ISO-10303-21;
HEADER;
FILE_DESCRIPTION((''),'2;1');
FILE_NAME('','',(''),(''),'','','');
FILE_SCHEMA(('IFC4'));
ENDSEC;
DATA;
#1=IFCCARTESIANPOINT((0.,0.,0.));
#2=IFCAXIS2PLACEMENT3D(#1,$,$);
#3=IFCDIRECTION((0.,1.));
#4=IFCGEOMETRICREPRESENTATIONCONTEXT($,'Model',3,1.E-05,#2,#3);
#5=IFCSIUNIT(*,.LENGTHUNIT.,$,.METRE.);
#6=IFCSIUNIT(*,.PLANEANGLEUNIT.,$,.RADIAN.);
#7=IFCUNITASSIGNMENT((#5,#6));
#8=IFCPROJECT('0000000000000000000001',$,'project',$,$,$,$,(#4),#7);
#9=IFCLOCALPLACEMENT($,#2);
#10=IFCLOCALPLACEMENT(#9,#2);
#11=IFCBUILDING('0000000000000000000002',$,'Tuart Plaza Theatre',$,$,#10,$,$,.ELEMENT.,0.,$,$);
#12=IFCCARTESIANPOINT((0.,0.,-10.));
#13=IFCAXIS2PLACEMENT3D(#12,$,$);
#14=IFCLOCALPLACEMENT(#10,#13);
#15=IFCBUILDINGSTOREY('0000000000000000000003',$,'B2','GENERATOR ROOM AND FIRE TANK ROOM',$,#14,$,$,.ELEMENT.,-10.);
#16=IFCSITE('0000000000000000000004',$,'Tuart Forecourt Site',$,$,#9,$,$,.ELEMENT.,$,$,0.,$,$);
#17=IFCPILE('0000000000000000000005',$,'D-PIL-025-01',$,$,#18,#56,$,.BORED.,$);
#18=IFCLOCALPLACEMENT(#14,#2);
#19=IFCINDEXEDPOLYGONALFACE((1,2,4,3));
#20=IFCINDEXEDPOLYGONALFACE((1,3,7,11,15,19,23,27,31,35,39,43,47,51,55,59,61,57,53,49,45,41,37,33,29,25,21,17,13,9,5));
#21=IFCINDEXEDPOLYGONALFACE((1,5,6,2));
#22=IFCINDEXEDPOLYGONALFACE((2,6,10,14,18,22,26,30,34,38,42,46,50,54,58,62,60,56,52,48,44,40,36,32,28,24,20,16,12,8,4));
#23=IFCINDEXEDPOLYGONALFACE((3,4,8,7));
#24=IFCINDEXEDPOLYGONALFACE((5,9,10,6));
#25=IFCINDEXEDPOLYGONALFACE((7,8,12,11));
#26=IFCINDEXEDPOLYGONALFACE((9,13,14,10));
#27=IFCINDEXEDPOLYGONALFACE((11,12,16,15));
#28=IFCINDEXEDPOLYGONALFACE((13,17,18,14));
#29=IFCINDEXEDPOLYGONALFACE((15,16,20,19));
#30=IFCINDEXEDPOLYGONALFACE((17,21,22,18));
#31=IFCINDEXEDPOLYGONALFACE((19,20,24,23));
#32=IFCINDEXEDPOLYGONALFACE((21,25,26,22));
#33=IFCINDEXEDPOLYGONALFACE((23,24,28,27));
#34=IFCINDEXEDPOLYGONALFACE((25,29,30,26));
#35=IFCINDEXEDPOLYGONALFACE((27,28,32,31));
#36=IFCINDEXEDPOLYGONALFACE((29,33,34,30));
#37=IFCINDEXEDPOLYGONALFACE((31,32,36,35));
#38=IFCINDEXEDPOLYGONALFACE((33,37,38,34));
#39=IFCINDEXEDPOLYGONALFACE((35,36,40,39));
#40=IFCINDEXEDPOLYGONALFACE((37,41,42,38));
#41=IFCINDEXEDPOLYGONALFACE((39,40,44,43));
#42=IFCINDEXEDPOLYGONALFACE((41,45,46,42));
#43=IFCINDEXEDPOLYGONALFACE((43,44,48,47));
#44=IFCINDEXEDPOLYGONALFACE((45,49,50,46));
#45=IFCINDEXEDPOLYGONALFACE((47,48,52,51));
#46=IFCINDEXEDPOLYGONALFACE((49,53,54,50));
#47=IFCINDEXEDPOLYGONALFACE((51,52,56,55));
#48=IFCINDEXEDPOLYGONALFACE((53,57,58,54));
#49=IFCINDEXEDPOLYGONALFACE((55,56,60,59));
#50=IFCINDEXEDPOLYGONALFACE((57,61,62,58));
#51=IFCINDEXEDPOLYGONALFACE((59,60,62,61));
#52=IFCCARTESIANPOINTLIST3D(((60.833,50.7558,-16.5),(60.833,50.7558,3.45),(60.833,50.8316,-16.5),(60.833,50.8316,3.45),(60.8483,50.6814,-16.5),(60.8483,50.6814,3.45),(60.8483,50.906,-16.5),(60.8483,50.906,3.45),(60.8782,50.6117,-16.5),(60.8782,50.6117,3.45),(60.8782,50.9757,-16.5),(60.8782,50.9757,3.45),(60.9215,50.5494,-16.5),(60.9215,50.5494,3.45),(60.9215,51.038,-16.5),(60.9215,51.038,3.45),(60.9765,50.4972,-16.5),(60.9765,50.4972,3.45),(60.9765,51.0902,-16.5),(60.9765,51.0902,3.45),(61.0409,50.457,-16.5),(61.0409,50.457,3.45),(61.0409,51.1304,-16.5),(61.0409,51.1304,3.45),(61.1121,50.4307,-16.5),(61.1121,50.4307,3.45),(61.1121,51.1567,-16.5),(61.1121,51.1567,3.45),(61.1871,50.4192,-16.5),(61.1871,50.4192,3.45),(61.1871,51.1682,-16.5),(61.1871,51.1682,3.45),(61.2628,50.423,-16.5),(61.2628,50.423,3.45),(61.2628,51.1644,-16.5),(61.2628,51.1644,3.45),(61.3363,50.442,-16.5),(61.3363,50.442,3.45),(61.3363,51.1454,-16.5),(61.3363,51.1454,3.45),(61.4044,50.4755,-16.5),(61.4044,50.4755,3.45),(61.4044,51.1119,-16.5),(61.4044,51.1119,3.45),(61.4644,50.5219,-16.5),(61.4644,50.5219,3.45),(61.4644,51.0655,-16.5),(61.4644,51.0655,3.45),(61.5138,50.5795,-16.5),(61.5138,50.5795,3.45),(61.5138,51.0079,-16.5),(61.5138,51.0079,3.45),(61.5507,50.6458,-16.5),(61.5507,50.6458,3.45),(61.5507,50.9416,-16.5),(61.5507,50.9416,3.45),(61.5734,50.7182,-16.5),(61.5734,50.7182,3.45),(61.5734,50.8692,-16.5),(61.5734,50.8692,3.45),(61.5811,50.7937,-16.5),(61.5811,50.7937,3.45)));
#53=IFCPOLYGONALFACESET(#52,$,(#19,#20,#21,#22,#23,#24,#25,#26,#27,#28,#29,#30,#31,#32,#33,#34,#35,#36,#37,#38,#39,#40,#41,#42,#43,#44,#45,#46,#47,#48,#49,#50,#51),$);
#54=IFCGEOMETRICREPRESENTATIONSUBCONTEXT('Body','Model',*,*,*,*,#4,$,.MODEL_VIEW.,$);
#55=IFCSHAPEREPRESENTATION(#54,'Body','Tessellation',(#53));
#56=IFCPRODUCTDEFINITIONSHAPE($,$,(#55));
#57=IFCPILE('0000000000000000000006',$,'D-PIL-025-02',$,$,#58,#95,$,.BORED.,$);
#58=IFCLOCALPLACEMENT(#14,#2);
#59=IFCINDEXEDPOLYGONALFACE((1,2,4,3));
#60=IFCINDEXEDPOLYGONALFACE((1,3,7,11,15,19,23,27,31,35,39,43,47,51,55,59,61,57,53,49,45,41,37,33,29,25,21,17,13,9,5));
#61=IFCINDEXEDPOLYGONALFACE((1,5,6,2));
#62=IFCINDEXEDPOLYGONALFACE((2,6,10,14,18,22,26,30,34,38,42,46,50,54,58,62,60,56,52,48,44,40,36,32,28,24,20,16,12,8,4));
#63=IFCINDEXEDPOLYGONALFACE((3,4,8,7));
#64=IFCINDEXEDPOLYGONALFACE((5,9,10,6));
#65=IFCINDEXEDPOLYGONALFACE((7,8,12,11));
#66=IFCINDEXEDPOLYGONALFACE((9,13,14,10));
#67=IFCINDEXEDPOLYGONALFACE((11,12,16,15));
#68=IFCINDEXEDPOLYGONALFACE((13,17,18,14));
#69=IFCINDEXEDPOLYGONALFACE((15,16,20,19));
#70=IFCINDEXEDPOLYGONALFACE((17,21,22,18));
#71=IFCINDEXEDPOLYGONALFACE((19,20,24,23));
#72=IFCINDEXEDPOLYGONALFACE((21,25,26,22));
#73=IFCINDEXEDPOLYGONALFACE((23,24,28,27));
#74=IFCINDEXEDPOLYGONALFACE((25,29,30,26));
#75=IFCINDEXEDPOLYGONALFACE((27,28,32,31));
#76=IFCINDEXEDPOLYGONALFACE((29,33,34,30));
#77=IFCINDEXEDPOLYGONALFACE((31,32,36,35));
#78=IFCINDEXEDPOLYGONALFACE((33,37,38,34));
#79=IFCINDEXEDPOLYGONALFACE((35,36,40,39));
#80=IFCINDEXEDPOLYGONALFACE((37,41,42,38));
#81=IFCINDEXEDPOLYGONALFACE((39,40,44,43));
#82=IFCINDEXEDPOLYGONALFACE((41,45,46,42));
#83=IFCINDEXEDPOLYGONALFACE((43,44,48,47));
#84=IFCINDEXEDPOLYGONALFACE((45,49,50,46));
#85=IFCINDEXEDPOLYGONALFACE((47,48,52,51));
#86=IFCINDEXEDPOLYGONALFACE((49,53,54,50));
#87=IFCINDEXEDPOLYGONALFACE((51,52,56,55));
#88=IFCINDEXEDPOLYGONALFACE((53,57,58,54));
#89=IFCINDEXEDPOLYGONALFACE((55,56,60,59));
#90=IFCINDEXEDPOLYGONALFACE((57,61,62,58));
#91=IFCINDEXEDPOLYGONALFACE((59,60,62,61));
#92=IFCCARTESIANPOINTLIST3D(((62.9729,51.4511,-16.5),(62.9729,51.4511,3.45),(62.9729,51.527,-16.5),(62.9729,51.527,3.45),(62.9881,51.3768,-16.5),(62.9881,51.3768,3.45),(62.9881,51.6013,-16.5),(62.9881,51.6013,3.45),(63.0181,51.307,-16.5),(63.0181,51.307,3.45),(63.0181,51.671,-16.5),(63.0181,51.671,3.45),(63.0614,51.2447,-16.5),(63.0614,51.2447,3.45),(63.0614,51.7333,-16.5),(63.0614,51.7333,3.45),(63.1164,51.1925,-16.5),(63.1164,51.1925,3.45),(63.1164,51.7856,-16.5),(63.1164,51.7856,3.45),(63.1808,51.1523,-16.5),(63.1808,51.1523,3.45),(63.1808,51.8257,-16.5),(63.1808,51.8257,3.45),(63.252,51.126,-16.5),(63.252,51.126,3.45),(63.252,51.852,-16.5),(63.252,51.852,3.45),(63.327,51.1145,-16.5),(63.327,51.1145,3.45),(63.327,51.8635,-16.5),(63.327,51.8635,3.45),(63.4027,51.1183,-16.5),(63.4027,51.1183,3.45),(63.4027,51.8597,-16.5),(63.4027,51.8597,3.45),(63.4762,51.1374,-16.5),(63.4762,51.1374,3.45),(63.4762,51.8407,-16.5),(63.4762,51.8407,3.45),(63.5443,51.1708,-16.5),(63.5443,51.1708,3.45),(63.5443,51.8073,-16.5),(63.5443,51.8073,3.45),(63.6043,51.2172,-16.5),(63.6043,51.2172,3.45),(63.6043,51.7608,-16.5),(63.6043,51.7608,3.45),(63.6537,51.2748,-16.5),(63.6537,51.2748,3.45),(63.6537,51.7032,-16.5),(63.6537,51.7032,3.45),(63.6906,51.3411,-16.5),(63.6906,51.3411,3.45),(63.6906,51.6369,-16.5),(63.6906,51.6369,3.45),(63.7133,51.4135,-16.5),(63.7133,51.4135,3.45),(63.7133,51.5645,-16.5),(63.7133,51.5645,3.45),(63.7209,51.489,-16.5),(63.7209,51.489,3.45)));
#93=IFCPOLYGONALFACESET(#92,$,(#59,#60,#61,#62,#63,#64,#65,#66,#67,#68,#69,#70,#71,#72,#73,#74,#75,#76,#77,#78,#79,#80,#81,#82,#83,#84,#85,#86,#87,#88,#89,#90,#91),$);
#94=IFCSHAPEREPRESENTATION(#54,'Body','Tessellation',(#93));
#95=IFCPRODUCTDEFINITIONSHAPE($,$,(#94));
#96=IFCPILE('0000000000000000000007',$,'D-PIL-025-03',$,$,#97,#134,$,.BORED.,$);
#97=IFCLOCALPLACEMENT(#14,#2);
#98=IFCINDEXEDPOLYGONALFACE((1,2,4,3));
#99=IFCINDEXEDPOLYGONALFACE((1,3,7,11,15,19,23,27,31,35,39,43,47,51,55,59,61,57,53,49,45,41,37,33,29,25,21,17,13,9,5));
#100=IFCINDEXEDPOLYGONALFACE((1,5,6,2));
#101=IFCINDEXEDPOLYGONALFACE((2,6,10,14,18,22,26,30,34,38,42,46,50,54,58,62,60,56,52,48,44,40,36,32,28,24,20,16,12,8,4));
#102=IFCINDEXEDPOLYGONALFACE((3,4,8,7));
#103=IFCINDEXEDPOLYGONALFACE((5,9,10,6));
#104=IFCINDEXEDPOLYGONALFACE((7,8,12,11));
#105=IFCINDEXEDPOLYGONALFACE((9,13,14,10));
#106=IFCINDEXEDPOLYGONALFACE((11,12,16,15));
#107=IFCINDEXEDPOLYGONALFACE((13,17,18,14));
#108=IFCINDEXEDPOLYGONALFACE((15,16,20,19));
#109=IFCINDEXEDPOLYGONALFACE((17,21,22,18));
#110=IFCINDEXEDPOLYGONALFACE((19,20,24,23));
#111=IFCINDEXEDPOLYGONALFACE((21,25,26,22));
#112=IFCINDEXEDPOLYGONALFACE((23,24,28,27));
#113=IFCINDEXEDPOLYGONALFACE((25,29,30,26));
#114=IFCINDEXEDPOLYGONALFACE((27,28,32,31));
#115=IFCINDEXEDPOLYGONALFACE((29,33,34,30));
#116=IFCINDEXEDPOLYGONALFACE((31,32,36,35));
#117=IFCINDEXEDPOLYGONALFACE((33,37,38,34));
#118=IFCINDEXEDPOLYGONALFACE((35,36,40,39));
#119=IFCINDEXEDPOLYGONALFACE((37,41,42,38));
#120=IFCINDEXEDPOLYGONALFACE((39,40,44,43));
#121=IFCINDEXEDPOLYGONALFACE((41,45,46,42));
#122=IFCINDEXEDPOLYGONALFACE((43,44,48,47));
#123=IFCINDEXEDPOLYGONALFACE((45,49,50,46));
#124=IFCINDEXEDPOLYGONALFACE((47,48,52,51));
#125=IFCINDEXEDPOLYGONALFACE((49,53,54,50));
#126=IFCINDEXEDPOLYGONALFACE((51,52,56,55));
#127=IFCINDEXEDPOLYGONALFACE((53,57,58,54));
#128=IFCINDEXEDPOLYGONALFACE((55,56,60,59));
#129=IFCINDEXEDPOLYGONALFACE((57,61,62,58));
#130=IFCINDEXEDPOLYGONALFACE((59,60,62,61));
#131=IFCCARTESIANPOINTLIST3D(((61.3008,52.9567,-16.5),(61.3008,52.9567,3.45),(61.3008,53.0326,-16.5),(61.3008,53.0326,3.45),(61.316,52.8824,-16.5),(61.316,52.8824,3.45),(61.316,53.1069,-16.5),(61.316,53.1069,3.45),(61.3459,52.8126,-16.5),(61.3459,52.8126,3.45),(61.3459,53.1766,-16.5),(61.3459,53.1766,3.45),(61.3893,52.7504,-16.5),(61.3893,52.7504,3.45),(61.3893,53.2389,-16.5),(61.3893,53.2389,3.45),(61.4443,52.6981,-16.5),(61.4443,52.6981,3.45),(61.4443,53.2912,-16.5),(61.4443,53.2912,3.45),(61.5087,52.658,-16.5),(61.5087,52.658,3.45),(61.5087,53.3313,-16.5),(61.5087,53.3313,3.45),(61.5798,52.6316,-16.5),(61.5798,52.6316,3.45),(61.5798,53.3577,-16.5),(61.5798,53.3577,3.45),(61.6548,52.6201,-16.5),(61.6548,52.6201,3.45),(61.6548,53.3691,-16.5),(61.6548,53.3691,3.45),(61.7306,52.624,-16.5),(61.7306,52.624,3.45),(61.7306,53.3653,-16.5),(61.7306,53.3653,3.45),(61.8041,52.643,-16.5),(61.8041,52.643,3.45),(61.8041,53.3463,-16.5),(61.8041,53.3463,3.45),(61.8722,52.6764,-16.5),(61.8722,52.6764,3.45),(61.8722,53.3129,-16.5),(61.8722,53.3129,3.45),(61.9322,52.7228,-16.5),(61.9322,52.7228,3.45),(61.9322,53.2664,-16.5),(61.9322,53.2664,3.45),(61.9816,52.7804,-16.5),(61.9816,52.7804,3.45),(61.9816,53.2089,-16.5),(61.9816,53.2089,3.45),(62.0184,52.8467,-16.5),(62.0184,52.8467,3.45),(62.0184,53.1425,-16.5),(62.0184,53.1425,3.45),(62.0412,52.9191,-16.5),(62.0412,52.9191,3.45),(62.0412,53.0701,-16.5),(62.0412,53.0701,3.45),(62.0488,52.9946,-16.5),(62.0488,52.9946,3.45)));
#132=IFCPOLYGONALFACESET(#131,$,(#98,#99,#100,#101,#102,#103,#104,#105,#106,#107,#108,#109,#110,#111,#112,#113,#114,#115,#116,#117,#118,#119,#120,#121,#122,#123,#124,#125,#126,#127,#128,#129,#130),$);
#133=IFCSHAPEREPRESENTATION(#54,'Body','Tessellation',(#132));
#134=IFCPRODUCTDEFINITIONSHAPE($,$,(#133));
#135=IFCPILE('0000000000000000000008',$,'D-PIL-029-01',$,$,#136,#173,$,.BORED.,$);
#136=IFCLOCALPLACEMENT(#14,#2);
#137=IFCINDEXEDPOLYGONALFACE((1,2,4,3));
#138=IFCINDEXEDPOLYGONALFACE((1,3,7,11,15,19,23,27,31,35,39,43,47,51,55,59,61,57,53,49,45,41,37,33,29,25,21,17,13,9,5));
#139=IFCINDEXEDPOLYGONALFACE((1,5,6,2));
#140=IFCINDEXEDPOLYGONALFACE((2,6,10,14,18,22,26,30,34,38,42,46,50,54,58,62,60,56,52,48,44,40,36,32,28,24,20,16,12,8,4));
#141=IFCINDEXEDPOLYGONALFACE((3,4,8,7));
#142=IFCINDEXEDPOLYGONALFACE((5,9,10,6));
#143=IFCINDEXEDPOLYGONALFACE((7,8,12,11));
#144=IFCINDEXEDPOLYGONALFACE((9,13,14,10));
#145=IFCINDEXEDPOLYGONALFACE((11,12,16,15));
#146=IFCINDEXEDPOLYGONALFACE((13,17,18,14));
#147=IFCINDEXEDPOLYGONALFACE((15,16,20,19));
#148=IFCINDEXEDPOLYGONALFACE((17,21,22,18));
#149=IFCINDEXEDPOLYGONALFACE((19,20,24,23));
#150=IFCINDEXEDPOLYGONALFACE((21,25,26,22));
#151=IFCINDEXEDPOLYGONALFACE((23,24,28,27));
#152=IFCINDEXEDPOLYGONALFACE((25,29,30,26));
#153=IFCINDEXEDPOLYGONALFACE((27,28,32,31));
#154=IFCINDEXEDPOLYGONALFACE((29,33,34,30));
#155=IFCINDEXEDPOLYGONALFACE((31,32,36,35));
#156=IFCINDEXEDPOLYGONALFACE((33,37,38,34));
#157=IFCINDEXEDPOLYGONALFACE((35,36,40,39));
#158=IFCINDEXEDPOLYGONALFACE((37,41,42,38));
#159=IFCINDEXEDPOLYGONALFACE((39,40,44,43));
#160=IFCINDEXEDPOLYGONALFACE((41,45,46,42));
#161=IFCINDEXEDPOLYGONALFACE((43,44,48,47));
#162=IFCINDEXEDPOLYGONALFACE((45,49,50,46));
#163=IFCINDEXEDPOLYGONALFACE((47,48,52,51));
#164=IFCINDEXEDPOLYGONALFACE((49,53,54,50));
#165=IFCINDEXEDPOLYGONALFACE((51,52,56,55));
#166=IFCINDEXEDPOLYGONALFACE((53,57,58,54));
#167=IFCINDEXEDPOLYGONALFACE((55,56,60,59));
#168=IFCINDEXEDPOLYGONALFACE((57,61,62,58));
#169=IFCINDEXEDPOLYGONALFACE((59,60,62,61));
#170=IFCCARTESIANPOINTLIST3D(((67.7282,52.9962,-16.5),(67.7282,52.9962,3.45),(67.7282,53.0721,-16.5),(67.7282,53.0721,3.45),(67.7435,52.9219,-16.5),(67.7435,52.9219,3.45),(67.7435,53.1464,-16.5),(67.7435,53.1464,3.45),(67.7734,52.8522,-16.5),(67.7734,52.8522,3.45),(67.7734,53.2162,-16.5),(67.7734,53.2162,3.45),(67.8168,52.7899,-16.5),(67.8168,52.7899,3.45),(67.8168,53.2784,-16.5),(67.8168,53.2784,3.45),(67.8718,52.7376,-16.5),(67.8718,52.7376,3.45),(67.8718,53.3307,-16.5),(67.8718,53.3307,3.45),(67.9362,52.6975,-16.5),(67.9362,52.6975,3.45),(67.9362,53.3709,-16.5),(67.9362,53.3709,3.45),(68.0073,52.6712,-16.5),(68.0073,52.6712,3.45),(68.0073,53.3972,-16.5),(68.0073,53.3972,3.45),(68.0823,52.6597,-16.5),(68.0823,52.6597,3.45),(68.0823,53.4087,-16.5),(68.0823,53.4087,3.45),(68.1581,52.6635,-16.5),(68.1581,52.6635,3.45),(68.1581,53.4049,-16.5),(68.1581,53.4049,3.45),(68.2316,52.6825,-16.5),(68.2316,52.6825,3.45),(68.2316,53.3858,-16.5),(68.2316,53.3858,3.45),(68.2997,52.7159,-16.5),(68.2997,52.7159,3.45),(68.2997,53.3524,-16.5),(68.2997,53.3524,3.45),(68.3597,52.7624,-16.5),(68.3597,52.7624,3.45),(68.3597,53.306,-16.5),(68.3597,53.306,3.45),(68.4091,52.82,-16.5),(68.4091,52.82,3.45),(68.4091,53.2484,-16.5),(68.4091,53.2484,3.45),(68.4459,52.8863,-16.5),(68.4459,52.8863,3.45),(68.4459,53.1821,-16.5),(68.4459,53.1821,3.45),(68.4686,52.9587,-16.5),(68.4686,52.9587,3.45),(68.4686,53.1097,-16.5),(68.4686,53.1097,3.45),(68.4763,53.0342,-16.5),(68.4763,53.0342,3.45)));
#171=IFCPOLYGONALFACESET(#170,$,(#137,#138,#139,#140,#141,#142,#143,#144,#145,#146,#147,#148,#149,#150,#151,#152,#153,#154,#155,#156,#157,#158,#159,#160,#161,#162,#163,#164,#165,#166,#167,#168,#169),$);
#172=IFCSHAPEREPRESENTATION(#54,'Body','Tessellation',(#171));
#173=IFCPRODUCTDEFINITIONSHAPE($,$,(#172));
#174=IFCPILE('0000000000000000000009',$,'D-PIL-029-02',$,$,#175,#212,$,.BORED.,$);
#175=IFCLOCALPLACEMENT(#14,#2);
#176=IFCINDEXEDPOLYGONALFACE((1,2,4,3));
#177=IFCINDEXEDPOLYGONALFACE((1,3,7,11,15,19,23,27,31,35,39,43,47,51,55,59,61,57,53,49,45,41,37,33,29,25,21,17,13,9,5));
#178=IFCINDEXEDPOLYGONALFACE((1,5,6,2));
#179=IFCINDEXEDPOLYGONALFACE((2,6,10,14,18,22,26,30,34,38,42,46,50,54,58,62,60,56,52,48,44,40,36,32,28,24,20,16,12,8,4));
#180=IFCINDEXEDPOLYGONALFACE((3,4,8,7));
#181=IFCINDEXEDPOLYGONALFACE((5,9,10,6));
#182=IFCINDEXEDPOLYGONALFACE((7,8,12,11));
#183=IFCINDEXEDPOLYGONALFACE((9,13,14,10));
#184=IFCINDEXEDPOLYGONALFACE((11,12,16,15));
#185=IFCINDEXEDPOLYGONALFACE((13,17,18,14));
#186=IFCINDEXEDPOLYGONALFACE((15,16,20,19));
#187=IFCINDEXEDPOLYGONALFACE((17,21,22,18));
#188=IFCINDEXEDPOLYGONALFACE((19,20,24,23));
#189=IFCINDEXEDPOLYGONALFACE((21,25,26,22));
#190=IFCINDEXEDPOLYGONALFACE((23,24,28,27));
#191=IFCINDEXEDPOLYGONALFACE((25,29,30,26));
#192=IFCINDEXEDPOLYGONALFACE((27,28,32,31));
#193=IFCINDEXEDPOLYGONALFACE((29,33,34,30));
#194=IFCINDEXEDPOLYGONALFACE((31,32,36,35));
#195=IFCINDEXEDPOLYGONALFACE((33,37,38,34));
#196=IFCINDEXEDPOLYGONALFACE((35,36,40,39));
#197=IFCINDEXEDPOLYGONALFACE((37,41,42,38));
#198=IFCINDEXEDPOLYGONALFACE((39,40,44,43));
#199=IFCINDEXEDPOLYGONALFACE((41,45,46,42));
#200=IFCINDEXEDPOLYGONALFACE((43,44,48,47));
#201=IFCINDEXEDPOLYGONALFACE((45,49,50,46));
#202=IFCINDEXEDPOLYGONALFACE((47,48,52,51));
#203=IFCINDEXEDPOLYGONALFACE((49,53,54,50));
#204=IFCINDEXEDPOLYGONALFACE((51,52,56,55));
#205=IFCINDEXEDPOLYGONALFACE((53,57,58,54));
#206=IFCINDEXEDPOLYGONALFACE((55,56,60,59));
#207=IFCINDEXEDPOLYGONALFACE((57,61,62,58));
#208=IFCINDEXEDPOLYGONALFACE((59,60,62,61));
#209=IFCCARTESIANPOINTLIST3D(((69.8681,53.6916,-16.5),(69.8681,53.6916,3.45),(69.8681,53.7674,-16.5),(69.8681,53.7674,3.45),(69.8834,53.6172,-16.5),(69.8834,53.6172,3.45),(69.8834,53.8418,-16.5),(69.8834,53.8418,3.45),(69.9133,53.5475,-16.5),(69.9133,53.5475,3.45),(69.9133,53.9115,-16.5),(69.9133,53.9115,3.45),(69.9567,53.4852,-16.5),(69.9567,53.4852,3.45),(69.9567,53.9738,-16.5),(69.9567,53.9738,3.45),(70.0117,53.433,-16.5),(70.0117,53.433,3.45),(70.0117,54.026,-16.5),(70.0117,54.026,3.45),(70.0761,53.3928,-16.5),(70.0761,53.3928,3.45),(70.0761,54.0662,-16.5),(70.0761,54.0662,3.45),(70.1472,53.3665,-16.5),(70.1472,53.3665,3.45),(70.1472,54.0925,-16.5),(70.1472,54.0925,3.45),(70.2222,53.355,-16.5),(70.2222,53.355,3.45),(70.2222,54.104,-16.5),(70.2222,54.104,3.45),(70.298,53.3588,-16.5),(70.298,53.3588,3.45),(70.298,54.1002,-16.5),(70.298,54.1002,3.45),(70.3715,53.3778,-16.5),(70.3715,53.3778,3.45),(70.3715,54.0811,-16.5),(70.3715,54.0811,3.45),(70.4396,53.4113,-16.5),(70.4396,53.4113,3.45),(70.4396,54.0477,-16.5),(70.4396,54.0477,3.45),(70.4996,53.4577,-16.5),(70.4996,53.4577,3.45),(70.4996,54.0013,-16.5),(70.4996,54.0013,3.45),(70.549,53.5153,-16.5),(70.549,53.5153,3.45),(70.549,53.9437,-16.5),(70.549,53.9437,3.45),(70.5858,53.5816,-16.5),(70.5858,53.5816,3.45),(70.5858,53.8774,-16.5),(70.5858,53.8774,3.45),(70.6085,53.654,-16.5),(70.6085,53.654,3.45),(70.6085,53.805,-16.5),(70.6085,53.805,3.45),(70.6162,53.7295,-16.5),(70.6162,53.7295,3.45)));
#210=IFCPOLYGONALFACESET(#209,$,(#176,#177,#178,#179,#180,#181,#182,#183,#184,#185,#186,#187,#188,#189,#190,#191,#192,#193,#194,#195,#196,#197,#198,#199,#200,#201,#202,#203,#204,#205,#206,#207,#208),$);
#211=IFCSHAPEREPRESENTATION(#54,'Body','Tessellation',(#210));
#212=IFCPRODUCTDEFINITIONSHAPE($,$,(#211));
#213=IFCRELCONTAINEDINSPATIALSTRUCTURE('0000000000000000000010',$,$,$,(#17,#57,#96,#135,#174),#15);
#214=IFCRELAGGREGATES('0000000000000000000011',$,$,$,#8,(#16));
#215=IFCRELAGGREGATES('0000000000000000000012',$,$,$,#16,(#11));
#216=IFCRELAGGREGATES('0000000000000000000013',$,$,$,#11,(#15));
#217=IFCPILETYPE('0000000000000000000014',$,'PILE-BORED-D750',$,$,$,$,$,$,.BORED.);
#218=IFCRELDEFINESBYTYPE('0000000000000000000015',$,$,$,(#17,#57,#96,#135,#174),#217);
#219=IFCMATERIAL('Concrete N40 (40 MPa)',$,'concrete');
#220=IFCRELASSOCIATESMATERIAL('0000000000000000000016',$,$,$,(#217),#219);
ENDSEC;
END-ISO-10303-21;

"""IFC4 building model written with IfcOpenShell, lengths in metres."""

from ifc_helpers import new_model, si_unit, direction, frame, origin, origin_2d, place, context, subcontext, project, spatial, circle, extrude, material, material_profile, profile_set, type_object, element, save


model = new_model("IFC4")

# Units and contexts
model_context = context("Model", 3, precision=1e-05, world=origin(), true_north=direction((0.0, 1.0)))
body_context = subcontext(model_context, "Body", "Model", "MODEL_VIEW")
ifc_project = project(units=[si_unit("LENGTHUNIT", "METRE"), si_unit("PLANEANGLEUNIT", "RADIAN")], contexts=[model_context])

# Site, building, storey
site_placement = place(None, origin())
site = spatial("IfcSite", under=ifc_project, at=site_placement, Name="Tuart Forecourt Site", CompositionType="ELEMENT", RefElevation=0.0)
building_placement = place(site_placement, origin())
building = spatial("IfcBuilding", under=site, at=building_placement, Name="Tuart Plaza Theatre", CompositionType="ELEMENT", ElevationOfRefHeight=0.0)
storey_placement = place(building_placement, frame((0.0, 0.0, -10.0)))
storey = spatial("IfcBuildingStorey", under=building, at=storey_placement, Name="B2", Description="GENERATOR ROOM AND FIRE TANK ROOM", CompositionType="ELEMENT", Elevation=-10.0)

# Piles
ifc_material_1 = material(Name="Concrete N40 (40 MPa)", Category="concrete")
ifc_material_profile_1 = material_profile(ifc_material_1, circle(Radius=0.375, at=origin_2d()), Name="PILE-BORED-D750")
ifc_profile_set_1 = profile_set([ifc_material_profile_1], Name="Concrete N40 (40 MPa)")
pile_type_1 = type_object("IfcPileType", Name="PILE-BORED-D750", PredefinedType="BORED", material=ifc_profile_set_1)
for number, where, z_axis, x_axis, name in (
    (1, (61.2061, 50.7937, 3.45), (0.0, 0.0, -1.0), (1.0, 0.0, 0.0), "D-PIL-025-01"),
    (2, (63.3459, 51.489, 3.45), (0.0, 0.0, -1.0), (1.0, 0.0, 0.0), "D-PIL-025-02"),
    (3, (61.6738, 52.9946, 3.45), (0.0, 0.0, -1.0), (1.0, 0.0, 0.0), "D-PIL-025-03"),
    (4, (68.1013, 53.0342, 3.45), (0.0, 0.0, -1.0), (1.0, 0.0, 0.0), "D-PIL-029-01"),
    (5, (70.2412, 53.7295, 3.45), (0.0, 0.0, -1.0), (1.0, 0.0, 0.0), "D-PIL-029-02"),
):
    element("IfcPile", number, at=place(storey_placement, frame(where, z_axis=z_axis, x_axis=x_axis)), inside=storey, type_object=pile_type_1, Name=name, PredefinedType="BORED", context=body_context, shape_type="SweptSolid", body=[
        extrude(circle(Radius=0.375, at=origin_2d()), origin(), (0.0, 0.0, 1.0), 19.95),
    ])

save(model, "model.ifc")
